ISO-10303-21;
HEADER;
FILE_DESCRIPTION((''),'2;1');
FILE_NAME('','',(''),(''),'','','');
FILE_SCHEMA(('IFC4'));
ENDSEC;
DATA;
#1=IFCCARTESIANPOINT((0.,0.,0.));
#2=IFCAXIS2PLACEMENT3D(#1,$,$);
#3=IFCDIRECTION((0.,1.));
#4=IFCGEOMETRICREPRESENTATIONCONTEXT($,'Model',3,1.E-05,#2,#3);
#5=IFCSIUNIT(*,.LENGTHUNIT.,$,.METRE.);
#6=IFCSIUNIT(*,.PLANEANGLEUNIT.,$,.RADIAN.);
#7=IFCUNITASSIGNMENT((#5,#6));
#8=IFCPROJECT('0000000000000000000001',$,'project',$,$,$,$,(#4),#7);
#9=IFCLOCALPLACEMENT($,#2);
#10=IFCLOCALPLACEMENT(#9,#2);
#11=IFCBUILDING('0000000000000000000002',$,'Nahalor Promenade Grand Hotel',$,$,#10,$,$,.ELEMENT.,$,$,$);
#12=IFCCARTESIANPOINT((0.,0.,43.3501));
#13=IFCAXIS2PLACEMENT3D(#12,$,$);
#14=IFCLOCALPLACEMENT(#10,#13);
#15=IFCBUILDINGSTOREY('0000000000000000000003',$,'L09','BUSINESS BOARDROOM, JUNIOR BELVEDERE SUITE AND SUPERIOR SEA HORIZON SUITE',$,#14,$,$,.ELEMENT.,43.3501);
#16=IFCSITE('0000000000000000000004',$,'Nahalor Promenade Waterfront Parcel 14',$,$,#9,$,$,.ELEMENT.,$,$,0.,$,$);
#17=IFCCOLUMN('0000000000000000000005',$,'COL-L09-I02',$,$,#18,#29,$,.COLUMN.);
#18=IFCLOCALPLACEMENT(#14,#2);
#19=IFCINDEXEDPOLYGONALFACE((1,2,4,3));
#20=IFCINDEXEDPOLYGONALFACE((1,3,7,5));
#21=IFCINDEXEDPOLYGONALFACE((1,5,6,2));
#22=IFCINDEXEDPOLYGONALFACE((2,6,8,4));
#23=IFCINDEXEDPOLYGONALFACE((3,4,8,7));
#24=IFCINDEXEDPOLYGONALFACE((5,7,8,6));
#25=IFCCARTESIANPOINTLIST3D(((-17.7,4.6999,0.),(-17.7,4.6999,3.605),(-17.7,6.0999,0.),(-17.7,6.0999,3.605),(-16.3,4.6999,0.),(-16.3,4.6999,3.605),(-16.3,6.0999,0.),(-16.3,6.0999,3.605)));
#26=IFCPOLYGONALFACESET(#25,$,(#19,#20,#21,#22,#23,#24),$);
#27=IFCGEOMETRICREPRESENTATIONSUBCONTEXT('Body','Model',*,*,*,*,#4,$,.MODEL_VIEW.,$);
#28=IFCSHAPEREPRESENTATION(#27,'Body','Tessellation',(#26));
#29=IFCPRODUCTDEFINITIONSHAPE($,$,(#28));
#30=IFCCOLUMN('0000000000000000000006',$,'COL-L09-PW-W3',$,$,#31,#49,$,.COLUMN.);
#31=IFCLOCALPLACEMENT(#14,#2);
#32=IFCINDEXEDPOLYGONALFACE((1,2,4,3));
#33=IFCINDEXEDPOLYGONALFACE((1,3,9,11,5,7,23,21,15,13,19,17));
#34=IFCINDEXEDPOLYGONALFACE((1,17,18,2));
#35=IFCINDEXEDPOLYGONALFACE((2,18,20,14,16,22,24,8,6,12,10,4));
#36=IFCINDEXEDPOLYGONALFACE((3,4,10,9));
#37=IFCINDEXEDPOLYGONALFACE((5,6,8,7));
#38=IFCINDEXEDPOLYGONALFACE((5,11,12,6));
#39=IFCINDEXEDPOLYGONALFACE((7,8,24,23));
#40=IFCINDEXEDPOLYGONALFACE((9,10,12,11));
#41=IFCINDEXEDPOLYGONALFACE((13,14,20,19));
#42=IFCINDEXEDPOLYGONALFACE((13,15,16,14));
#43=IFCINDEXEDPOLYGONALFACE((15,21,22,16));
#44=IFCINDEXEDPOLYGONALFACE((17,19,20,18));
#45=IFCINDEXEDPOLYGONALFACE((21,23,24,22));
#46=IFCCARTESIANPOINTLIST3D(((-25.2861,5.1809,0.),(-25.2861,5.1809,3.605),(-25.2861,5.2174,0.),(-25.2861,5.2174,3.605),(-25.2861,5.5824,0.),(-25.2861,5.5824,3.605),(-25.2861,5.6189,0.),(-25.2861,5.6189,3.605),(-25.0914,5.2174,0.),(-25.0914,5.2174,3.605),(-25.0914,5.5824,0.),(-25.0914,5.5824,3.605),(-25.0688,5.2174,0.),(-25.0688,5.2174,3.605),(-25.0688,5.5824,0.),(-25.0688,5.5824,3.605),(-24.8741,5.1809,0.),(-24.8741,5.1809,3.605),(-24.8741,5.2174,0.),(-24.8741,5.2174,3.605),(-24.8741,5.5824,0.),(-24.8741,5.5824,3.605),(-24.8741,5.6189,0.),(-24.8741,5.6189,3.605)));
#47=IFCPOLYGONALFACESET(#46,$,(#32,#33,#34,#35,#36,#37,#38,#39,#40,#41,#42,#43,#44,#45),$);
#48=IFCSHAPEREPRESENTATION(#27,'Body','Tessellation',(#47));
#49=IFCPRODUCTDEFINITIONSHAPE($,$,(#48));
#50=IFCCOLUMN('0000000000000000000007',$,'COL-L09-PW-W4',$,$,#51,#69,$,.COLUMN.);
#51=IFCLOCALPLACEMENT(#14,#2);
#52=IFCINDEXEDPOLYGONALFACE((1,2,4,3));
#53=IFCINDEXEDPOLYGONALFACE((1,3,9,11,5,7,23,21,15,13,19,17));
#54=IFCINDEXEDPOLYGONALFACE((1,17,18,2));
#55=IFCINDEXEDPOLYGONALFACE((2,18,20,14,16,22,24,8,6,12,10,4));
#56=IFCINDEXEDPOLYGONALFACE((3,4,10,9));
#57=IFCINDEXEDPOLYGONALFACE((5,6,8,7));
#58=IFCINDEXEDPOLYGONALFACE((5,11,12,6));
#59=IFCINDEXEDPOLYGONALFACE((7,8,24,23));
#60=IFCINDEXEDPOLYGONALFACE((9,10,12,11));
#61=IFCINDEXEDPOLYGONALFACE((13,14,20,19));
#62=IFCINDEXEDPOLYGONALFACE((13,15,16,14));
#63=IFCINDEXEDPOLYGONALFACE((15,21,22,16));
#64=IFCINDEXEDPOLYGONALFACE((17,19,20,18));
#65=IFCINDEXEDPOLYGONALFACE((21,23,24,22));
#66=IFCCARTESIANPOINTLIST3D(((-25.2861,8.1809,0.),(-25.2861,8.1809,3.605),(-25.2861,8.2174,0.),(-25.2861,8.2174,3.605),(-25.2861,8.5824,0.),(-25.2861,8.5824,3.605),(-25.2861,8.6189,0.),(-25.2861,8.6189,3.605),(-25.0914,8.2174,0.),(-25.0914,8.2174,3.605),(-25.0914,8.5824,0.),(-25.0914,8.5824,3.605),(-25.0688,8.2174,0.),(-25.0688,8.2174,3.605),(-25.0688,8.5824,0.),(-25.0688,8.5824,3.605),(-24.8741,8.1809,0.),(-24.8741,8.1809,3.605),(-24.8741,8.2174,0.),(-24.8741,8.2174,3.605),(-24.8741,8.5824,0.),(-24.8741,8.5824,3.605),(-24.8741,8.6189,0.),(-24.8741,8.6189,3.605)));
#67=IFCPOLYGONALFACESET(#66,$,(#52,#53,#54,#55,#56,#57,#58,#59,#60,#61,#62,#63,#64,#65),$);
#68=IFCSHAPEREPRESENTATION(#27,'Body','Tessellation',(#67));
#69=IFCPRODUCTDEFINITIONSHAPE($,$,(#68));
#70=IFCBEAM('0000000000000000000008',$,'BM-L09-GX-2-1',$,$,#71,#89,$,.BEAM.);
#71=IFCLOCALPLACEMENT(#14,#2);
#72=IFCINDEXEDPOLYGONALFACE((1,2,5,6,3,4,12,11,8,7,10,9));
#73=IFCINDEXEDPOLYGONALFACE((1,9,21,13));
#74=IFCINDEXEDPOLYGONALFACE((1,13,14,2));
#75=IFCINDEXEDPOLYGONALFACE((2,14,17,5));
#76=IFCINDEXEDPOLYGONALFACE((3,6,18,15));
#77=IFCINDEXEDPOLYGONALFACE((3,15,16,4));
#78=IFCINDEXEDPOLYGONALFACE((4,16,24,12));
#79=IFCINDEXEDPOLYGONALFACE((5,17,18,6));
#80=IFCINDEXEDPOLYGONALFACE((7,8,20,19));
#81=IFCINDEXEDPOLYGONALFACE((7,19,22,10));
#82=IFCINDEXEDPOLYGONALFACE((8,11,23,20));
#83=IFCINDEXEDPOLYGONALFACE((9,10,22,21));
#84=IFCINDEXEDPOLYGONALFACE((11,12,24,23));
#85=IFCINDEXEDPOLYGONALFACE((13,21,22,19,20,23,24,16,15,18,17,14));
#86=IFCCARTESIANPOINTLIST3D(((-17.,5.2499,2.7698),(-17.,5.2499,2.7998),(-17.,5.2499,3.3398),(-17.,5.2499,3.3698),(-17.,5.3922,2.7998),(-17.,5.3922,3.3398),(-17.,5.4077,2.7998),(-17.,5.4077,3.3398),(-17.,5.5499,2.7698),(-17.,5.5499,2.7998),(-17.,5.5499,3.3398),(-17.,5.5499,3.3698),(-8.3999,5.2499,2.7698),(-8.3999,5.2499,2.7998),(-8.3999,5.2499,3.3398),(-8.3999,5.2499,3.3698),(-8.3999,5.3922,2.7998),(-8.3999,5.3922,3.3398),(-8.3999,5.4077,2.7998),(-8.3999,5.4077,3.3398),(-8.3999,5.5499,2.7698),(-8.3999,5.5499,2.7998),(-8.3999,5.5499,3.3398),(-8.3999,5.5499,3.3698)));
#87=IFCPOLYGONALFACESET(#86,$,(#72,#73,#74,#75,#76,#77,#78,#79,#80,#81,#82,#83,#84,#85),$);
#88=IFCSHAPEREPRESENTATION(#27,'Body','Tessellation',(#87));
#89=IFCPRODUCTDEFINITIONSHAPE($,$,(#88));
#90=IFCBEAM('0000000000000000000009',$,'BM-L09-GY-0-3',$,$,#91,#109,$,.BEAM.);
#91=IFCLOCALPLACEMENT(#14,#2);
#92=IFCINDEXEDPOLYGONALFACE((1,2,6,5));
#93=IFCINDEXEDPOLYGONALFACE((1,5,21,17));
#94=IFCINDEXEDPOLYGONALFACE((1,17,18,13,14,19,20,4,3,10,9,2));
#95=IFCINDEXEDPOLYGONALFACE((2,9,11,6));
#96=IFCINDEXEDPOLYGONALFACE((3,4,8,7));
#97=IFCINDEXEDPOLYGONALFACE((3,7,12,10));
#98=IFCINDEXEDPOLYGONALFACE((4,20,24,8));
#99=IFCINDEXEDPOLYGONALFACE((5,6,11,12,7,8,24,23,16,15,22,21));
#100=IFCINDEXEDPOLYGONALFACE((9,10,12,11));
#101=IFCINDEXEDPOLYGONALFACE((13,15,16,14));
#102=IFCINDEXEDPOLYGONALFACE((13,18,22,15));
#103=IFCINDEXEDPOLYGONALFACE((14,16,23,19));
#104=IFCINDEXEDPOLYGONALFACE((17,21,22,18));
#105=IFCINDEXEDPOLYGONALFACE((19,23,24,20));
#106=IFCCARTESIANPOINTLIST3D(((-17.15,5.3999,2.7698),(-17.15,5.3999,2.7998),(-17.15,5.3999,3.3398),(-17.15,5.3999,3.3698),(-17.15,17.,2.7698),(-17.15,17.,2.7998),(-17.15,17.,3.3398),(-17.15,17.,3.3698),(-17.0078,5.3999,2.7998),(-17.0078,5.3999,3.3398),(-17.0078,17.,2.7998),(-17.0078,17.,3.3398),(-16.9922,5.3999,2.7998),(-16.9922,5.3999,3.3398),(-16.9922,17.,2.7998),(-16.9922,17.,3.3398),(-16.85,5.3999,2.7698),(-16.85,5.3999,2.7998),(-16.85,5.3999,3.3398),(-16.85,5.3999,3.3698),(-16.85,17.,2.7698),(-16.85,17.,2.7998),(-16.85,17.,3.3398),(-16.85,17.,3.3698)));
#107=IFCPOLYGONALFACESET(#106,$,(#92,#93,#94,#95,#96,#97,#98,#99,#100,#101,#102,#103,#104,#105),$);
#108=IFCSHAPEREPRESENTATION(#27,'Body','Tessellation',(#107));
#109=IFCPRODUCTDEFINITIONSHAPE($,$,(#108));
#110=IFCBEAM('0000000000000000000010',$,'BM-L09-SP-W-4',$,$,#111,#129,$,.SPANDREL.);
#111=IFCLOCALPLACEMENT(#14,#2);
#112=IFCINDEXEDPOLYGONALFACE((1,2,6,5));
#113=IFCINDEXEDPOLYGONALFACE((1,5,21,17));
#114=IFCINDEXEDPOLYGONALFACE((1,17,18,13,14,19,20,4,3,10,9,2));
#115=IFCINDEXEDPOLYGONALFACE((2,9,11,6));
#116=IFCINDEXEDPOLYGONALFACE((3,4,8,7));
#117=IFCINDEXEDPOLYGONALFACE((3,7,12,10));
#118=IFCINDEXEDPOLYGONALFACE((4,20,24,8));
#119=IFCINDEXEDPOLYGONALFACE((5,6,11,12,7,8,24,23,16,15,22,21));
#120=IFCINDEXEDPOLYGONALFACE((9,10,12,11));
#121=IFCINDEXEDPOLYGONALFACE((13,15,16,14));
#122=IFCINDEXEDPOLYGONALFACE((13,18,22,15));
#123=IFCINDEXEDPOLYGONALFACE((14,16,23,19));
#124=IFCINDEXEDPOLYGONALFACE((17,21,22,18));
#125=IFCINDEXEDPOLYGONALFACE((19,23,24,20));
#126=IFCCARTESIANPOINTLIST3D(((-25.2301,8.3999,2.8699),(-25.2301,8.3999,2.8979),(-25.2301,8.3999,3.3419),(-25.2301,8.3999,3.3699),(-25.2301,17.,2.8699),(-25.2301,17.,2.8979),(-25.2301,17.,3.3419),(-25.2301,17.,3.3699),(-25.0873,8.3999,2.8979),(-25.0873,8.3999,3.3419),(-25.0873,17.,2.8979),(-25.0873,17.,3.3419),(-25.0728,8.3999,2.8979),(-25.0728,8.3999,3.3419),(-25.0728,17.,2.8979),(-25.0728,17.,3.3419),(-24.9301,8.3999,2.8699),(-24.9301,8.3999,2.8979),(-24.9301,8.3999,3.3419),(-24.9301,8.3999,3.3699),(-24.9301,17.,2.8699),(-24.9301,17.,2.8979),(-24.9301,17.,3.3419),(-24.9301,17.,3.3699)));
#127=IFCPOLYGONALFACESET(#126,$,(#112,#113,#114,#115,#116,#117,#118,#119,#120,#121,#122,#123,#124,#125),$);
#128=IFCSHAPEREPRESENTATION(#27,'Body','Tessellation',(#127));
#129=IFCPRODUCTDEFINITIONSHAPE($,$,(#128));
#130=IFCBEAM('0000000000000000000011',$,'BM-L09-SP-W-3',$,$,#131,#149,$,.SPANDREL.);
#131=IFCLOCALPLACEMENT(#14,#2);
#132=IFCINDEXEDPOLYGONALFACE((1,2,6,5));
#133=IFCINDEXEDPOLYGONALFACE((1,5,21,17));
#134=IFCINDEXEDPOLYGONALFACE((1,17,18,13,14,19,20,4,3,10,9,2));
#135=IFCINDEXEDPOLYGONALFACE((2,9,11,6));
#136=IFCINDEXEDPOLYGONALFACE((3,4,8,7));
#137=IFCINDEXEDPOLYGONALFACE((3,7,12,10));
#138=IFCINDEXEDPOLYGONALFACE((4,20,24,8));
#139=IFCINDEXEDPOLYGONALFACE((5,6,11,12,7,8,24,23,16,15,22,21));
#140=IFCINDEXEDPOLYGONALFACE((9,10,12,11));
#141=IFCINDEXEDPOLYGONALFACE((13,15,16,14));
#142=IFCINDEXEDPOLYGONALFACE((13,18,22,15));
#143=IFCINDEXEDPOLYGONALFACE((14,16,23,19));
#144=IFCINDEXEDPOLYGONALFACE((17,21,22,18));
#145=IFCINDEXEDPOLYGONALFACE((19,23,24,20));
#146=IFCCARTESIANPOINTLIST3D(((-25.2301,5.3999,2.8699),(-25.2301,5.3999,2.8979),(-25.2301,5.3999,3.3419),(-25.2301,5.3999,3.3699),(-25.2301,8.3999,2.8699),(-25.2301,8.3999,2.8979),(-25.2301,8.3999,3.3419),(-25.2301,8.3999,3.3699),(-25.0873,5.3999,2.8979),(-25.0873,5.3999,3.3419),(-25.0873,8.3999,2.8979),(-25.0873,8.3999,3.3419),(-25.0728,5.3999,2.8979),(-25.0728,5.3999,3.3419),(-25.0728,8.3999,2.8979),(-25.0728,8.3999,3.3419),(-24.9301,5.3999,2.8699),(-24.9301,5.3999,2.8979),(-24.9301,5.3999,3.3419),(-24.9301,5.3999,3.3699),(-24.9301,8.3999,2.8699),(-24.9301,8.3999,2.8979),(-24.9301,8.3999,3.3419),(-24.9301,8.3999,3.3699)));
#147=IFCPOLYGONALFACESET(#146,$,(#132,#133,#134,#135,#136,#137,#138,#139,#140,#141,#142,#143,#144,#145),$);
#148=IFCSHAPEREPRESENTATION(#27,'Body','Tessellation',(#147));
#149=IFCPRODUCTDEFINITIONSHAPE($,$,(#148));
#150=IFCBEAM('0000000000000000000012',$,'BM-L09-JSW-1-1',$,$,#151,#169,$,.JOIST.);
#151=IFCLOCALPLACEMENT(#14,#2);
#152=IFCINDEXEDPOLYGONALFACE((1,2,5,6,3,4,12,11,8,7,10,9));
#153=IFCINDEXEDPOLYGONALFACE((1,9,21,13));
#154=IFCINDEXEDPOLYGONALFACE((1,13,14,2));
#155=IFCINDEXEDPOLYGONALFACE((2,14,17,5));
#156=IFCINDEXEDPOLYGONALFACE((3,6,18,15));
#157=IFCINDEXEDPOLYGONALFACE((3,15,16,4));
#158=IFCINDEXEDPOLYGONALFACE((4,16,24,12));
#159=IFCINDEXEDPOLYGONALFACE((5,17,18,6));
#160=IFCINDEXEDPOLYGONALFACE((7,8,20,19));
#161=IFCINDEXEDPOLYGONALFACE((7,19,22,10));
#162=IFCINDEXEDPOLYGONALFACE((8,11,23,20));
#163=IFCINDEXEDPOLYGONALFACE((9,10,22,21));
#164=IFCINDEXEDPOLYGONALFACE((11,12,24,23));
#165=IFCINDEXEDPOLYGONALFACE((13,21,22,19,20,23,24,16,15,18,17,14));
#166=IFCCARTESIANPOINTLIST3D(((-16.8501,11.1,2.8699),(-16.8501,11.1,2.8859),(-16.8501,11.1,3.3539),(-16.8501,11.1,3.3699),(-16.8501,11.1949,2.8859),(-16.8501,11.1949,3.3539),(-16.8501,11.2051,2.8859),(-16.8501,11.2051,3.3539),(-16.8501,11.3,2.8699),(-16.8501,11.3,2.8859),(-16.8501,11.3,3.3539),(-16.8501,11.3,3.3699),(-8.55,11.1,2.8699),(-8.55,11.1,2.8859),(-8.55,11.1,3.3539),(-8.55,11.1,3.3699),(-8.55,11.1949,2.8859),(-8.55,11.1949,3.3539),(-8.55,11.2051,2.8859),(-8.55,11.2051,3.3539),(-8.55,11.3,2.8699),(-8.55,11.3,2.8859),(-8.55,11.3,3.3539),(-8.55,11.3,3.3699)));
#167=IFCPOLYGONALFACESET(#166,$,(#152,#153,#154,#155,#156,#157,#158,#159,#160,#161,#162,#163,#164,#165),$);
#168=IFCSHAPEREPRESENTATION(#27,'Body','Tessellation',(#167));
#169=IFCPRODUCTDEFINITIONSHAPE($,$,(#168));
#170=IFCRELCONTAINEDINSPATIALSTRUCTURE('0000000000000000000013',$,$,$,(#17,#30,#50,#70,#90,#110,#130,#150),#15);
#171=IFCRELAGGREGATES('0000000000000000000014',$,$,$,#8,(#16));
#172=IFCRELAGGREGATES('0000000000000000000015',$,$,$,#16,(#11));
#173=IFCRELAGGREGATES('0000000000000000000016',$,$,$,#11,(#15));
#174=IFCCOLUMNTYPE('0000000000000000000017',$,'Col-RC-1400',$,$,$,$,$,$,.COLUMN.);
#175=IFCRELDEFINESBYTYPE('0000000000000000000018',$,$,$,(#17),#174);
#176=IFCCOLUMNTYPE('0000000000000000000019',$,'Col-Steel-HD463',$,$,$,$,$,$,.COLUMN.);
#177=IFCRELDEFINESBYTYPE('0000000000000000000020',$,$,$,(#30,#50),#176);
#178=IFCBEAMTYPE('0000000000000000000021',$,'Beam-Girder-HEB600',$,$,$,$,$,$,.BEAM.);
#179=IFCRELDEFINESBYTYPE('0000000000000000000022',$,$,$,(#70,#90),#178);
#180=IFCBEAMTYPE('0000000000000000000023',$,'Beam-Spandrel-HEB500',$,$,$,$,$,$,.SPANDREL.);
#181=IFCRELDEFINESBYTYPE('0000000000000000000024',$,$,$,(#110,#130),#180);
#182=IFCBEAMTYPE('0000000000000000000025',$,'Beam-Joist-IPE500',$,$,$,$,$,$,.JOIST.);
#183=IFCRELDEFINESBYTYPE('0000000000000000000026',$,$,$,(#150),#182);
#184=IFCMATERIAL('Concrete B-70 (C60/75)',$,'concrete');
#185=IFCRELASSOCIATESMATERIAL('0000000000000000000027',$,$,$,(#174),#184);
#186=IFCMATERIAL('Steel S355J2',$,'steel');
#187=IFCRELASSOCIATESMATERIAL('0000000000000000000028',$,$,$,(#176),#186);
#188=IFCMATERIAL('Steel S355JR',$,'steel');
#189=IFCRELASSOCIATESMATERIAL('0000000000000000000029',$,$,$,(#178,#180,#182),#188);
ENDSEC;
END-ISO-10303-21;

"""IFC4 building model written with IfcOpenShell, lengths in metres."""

from ifc_helpers import new_model, si_unit, direction, frame, origin, origin_2d, place, context, subcontext, project, spatial, rectangle, i_section, extrude, source, transform, mapped, material, material_profile, profile_set, type_object, element, save


model = new_model("IFC4")

# Units and contexts
model_context = context("Model", 3, precision=1e-05, world=origin(), true_north=direction((0.0, 1.0)))
body_context = subcontext(model_context, "Body", "Model", "MODEL_VIEW")
ifc_project = project(units=[si_unit("LENGTHUNIT", "METRE"), si_unit("PLANEANGLEUNIT", "RADIAN")], contexts=[model_context])

# Site, building, storey
site_placement = place(None, origin())
site = spatial("IfcSite", under=ifc_project, at=site_placement, Name="Nahalor Promenade Waterfront Parcel 14", CompositionType="ELEMENT", RefElevation=0.0)
building_placement = place(site_placement, origin())
building = spatial("IfcBuilding", under=site, at=building_placement, Name="Nahalor Promenade Grand Hotel", CompositionType="ELEMENT")
storey_placement = place(building_placement, frame((0.0, 0.0, 43.3501)))
storey = spatial("IfcBuildingStorey", under=building, at=storey_placement, Name="L09", Description="BUSINESS BOARDROOM, JUNIOR BELVEDERE SUITE AND SUPERIOR SEA HORIZON SUITE", CompositionType="ELEMENT", Elevation=43.3501)

# Columns
ifc_material_1 = material(Name="Concrete B-70 (C60/75)", Category="concrete")
ifc_material_profile_1 = material_profile(ifc_material_1, rectangle(XDim=1.4, YDim=1.4, at=origin_2d()), Name="RC 1400x1400")
ifc_profile_set_1 = profile_set([ifc_material_profile_1], Name="Concrete B-70 (C60/75)")
column_type_1 = type_object("IfcColumnType", Name="Col-RC-1400", PredefinedType="COLUMN", material=ifc_profile_set_1)
shared_shape_1 = source(origin(), body_context, "Body", "SweptSolid", [
    extrude(rectangle(XDim=1.4, YDim=1.4, at=origin_2d()), origin(), (0.0, 0.0, 1.0), 3.605),
])
column_placement = place(storey_placement, frame((-17.0, 5.3999, 0.0), z_axis=(0.0, 0.0, 1.0), x_axis=(1.0, 0.0, 0.0)))
element("IfcColumn", 1, at=column_placement, inside=storey, type_object=column_type_1, Name="COL-L09-I02", PredefinedType="COLUMN", context=body_context, shape_type="MappedRepresentation", body=[
    mapped(shared_shape_1, transform((0.0, 0.0, 0.0), scale=1.0)),
])
ifc_material_2 = material(Name="Steel S355J2", Category="steel")
ifc_material_profile_2 = material_profile(ifc_material_2, i_section(OverallWidth=0.412, OverallDepth=0.438, WebThickness=0.0226, FlangeThickness=0.0365, at=origin_2d()), Name="HD 400x463")
ifc_profile_set_2 = profile_set([ifc_material_profile_2], Name="Steel S355J2")
column_type_2 = type_object("IfcColumnType", Name="Col-Steel-HD463", PredefinedType="COLUMN", material=ifc_profile_set_2)
shared_shape_2 = source(origin(), body_context, "Body", "SweptSolid", [
    extrude(i_section(OverallWidth=0.412, OverallDepth=0.438, WebThickness=0.0226, FlangeThickness=0.0365, at=origin_2d()), origin(), (0.0, 0.0, 1.0), 3.605),
])
for number, where, z_axis, x_axis, name in (
    (2, (-25.0801, 5.3999, 0.0), (0.0, 0.0, 1.0), (1.0, 0.0, 0.0), "COL-L09-PW-W3"),
    (3, (-25.0801, 8.3999, 0.0), (0.0, 0.0, 1.0), (1.0, 0.0, 0.0), "COL-L09-PW-W4"),
):
    element("IfcColumn", number, at=place(storey_placement, frame(where, z_axis=z_axis, x_axis=x_axis)), inside=storey, type_object=column_type_2, Name=name, PredefinedType="COLUMN", context=body_context, shape_type="MappedRepresentation", body=[
        mapped(shared_shape_2, transform((0.0, 0.0, 0.0), scale=1.0)),
    ])

# Beams
ifc_material_3 = material(Name="Steel S355JR", Category="steel")
ifc_material_profile_3 = material_profile(ifc_material_3, i_section(OverallWidth=0.3, OverallDepth=0.6, WebThickness=0.0155, FlangeThickness=0.03, at=origin_2d()), Name="HEB 600")
ifc_profile_set_3 = profile_set([ifc_material_profile_3], Name="Steel S355JR")
beam_type_1 = type_object("IfcBeamType", Name="Beam-Girder-HEB600", PredefinedType="BEAM", material=ifc_profile_set_3)
shared_shape_3 = source(origin(), body_context, "Body", "SweptSolid", [
    extrude(i_section(OverallWidth=0.3, OverallDepth=0.6, WebThickness=0.0155, FlangeThickness=0.03, at=origin_2d()), origin(), (0.0, 0.0, 1.0), 8.6001),
])
beam_1_placement = place(storey_placement, frame((-17.0, 5.3999, 3.0698), z_axis=(1.0, 0.0, 0.0), x_axis=(0.0, 1.0, 0.0)))
element("IfcBeam", 4, at=beam_1_placement, inside=storey, type_object=beam_type_1, Name="BM-L09-GX-2-1", PredefinedType="BEAM", context=body_context, shape_type="MappedRepresentation", body=[
    mapped(shared_shape_3, transform((0.0, 0.0, 0.0), scale=1.0)),
])
shared_shape_4 = source(origin(), body_context, "Body", "SweptSolid", [
    extrude(i_section(OverallWidth=0.3, OverallDepth=0.6, WebThickness=0.0155, FlangeThickness=0.03, at=origin_2d()), origin(), (0.0, 0.0, 1.0), 11.6001),
])
beam_2_placement = place(storey_placement, frame((-17.0, 5.3999, 3.0698), z_axis=(0.0, 1.0, 0.0), x_axis=(-1.0, 0.0, 0.0)))
element("IfcBeam", 5, at=beam_2_placement, inside=storey, type_object=beam_type_1, Name="BM-L09-GY-0-3", PredefinedType="BEAM", context=body_context, shape_type="MappedRepresentation", body=[
    mapped(shared_shape_4, transform((0.0, 0.0, 0.0), scale=1.0)),
])
ifc_material_profile_4 = material_profile(ifc_material_3, i_section(OverallWidth=0.3, OverallDepth=0.5, WebThickness=0.0145, FlangeThickness=0.028, at=origin_2d()), Name="HEB 500")
ifc_profile_set_4 = profile_set([ifc_material_profile_4], Name="Steel S355JR")
beam_type_2 = type_object("IfcBeamType", Name="Beam-Spandrel-HEB500", PredefinedType="SPANDREL", material=ifc_profile_set_4)
shared_shape_5 = source(origin(), body_context, "Body", "SweptSolid", [
    extrude(i_section(OverallWidth=0.3, OverallDepth=0.5, WebThickness=0.0145, FlangeThickness=0.028, at=origin_2d()), origin(), (0.0, 0.0, 1.0), 8.6001),
])
beam_3_placement = place(storey_placement, frame((-25.0801, 8.3999, 3.1199), z_axis=(0.0, 1.0, 0.0), x_axis=(-1.0, 0.0, 0.0)))
element("IfcBeam", 6, at=beam_3_placement, inside=storey, type_object=beam_type_2, Name="BM-L09-SP-W-4", PredefinedType="SPANDREL", context=body_context, shape_type="MappedRepresentation", body=[
    mapped(shared_shape_5, transform((0.0, 0.0, 0.0), scale=1.0)),
])
shared_shape_6 = source(origin(), body_context, "Body", "SweptSolid", [
    extrude(i_section(OverallWidth=0.3, OverallDepth=0.5, WebThickness=0.0145, FlangeThickness=0.028, at=origin_2d()), origin(), (0.0, 0.0, 1.0), 3.0),
])
beam_4_placement = place(storey_placement, frame((-25.0801, 5.3999, 3.1199), z_axis=(0.0, 1.0, 0.0), x_axis=(-1.0, 0.0, 0.0)))
element("IfcBeam", 7, at=beam_4_placement, inside=storey, type_object=beam_type_2, Name="BM-L09-SP-W-3", PredefinedType="SPANDREL", context=body_context, shape_type="MappedRepresentation", body=[
    mapped(shared_shape_6, transform((0.0, 0.0, 0.0), scale=1.0)),
])
ifc_material_profile_5 = material_profile(ifc_material_3, i_section(OverallWidth=0.2, OverallDepth=0.5, WebThickness=0.0102, FlangeThickness=0.016, at=origin_2d()), Name="IPE 500")
ifc_profile_set_5 = profile_set([ifc_material_profile_5], Name="Steel S355JR")
beam_type_3 = type_object("IfcBeamType", Name="Beam-Joist-IPE500", PredefinedType="JOIST", material=ifc_profile_set_5)
shared_shape_7 = source(origin(), body_context, "Body", "SweptSolid", [
    extrude(i_section(OverallWidth=0.2, OverallDepth=0.5, WebThickness=0.0102, FlangeThickness=0.016, at=origin_2d()), origin(), (0.0, 0.0, 1.0), 8.3),
])
beam_5_placement = place(storey_placement, frame((-16.8501, 11.2, 3.1199), z_axis=(1.0, 0.0, 0.0), x_axis=(0.0, 1.0, 0.0)))
element("IfcBeam", 8, at=beam_5_placement, inside=storey, type_object=beam_type_3, Name="BM-L09-JSW-1-1", PredefinedType="JOIST", context=body_context, shape_type="MappedRepresentation", body=[
    mapped(shared_shape_7, transform((0.0, 0.0, 0.0), scale=1.0)),
])

save(model, "model.ifc")
